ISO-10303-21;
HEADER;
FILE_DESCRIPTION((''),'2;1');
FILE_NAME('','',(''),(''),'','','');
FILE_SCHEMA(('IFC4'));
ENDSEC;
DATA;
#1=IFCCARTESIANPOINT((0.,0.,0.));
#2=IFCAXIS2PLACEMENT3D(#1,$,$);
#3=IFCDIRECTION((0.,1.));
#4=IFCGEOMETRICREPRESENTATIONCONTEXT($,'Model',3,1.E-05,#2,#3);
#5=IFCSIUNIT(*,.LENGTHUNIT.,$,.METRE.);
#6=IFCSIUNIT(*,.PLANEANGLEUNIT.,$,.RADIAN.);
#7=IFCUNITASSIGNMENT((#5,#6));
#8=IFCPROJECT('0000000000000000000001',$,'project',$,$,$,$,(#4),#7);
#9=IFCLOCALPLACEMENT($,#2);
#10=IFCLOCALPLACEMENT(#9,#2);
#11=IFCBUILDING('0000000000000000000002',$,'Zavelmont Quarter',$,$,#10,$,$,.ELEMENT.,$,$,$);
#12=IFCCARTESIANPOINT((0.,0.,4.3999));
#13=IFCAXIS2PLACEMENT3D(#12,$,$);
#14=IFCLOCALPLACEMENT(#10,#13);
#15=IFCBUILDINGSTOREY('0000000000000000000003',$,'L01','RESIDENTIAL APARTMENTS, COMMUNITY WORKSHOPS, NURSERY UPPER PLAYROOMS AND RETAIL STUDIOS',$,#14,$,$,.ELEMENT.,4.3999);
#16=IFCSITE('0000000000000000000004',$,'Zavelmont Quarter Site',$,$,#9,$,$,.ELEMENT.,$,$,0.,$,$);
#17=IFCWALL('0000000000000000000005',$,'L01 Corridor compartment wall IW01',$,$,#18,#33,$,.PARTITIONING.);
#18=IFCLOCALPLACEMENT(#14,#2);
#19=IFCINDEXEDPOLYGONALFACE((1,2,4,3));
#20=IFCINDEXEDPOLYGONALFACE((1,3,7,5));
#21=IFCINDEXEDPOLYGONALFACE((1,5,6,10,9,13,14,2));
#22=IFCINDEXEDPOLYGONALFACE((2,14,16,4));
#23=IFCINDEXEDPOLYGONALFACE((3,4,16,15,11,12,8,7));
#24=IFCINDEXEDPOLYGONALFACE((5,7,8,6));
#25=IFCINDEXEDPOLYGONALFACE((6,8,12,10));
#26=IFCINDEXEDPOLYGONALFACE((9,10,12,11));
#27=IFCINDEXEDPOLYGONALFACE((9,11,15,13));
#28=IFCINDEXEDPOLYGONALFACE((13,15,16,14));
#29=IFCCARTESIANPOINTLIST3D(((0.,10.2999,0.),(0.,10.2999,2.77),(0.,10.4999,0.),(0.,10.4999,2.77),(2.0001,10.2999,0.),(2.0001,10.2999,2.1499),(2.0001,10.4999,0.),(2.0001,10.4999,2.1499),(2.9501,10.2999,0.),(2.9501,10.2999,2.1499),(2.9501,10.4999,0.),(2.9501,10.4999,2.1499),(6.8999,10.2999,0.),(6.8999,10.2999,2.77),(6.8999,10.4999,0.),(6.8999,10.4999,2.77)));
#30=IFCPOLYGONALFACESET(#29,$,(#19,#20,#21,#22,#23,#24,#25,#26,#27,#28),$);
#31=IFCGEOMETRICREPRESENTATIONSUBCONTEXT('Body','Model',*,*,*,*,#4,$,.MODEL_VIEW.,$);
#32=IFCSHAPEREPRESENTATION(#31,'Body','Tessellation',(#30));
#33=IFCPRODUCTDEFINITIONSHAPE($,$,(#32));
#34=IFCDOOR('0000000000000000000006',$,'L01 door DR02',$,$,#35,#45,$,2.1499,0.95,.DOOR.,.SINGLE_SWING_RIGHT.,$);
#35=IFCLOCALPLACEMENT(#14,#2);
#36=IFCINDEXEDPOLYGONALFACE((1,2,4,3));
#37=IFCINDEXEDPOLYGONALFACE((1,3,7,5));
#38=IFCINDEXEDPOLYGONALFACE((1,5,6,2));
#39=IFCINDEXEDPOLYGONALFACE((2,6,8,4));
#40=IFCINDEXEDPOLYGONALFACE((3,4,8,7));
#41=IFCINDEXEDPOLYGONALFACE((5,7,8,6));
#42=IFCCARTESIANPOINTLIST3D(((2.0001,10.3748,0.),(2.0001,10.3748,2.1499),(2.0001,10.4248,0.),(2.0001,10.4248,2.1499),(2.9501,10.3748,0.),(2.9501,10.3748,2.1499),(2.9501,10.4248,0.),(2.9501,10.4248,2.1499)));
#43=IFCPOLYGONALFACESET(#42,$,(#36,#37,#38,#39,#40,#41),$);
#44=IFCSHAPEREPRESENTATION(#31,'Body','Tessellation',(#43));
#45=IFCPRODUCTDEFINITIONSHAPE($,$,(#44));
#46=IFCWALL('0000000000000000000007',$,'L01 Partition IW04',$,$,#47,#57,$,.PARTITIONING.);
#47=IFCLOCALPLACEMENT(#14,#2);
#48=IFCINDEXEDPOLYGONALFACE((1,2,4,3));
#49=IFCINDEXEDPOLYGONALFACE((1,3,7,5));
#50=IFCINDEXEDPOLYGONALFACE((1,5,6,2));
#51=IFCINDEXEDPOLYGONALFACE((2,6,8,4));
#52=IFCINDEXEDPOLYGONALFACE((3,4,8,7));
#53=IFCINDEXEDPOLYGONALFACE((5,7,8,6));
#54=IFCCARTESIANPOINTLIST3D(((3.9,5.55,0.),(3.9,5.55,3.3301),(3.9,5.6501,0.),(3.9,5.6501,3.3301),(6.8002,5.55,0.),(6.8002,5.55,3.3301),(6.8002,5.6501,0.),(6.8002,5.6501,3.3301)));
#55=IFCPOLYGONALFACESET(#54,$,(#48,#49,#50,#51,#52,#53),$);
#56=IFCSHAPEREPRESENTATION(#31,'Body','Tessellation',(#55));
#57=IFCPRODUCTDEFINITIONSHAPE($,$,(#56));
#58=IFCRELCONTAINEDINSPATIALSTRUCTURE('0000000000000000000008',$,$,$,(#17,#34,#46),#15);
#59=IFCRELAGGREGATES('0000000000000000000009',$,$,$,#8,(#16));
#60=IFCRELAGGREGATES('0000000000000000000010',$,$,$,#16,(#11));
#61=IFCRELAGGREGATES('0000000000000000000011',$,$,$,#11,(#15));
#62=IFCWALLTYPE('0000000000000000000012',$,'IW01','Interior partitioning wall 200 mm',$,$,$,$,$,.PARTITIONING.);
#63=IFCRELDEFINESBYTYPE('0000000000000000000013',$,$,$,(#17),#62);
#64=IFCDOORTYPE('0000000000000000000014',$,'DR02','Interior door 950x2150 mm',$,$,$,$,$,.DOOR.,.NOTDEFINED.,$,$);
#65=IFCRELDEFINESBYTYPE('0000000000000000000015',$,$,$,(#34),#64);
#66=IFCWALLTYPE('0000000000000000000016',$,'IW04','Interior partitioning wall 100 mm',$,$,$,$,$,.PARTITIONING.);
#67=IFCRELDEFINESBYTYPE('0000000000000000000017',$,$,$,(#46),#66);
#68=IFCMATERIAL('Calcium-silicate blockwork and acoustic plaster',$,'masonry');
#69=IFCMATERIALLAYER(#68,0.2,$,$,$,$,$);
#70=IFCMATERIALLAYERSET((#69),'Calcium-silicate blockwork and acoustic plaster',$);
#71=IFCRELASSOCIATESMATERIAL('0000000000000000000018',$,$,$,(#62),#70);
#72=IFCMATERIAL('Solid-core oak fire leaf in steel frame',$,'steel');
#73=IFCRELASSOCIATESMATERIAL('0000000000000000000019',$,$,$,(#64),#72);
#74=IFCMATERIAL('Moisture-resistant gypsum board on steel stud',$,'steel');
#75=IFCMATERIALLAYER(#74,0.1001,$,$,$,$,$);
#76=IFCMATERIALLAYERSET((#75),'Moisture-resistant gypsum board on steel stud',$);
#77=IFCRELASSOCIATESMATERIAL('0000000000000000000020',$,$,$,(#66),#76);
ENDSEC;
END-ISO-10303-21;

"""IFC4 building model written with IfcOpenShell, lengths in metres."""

from ifc_helpers import new_model, si_unit, direction, frame, frame_2d, origin, origin_with_axes, place, context, subcontext, project, spatial, rectangle, extrude, material, layer, layer_set, type_object, element, fill, save


model = new_model("IFC4")

# Units and contexts
model_context = context("Model", 3, precision=1e-05, world=origin(), true_north=direction((0.0, 1.0)))
body_context = subcontext(model_context, "Body", "Model", "MODEL_VIEW")
ifc_project = project(units=[si_unit("LENGTHUNIT", "METRE"), si_unit("PLANEANGLEUNIT", "RADIAN")], contexts=[model_context])

# Site, building, storey
site_placement = place(None, origin())
site = spatial("IfcSite", under=ifc_project, at=site_placement, Name="Zavelmont Quarter Site", CompositionType="ELEMENT", RefElevation=0.0)
building_placement = place(site_placement, origin())
building = spatial("IfcBuilding", under=site, at=building_placement, Name="Zavelmont Quarter", CompositionType="ELEMENT")
storey_placement = place(building_placement, frame((0.0, 0.0, 4.3999)))
storey = spatial("IfcBuildingStorey", under=building, at=storey_placement, Name="L01", Description="RESIDENTIAL APARTMENTS, COMMUNITY WORKSHOPS, NURSERY UPPER PLAYROOMS AND RETAIL STUDIOS", CompositionType="ELEMENT", Elevation=4.3999)

# Wall, opening, door
ifc_material_1 = material(Name="Calcium-silicate blockwork and acoustic plaster", Category="masonry")
ifc_layer_1 = layer(ifc_material_1, 0.2)
ifc_layer_set_1 = layer_set([ifc_layer_1], Name="Calcium-silicate blockwork and acoustic plaster")
wall_type_1 = type_object("IfcWallType", Name="IW01", Description="Interior partitioning wall 200 mm", PredefinedType="PARTITIONING", material=ifc_layer_set_1)
ifc_material_2 = material(Name="Solid-core oak fire leaf in steel frame", Category="steel")
door_type = type_object("IfcDoorType", Name="DR02", Description="Interior door 950x2150 mm", OperationType="NOTDEFINED", PredefinedType="DOOR", material=ifc_material_2)
wall_1_placement = place(storey_placement, frame((0.0, 10.3999, 0.0), z_axis=(0.0, 0.0, 1.0), x_axis=(1.0, 0.0, 0.0)))
wall_1 = element("IfcWall", 1, at=wall_1_placement, inside=storey, type_object=wall_type_1, Name="L01 Corridor compartment wall IW01", PredefinedType="PARTITIONING", context=body_context, shape_type="SweptSolid", body=[
    extrude(rectangle(XDim=6.8999, YDim=0.2, at=frame_2d((3.45, 0.0))), origin(), (0.0, 0.0, 1.0), 2.77),
])
opening_1_placement = place(wall_1_placement, frame((2.0, 0.0, 0.0)))
opening_1 = element("IfcOpeningElement", 2, at=opening_1_placement, cuts=wall_1, PredefinedType="OPENING", context=body_context, shape_type="SweptSolid", body=[
    extrude(rectangle(XDim=0.95, YDim=2.1499, at=frame_2d((0.4751, 1.075))), frame((0.0, 0.1118, 0.0), z_axis=(0.0, -1.0, 0.0), x_axis=(1.0, 0.0, 0.0)), (0.0, 0.0, 1.0), 0.2239),
])
door_1_placement = place(opening_1_placement, origin_with_axes())
door_1 = element("IfcDoor", 3, at=door_1_placement, inside=storey, type_object=door_type, Name="L01 door DR02", OperationType="SINGLE_SWING_RIGHT", OverallHeight=2.1499, OverallWidth=0.95, PredefinedType="DOOR", context=body_context, shape_type="SweptSolid", body=[
    extrude(rectangle(XDim=0.95, YDim=2.1499, at=frame_2d((0.4751, 1.075))), frame((0.0, 0.0249, 0.0), z_axis=(0.0, -1.0, 0.0), x_axis=(1.0, 0.0, 0.0)), (0.0, 0.0, 1.0), 0.05),
])
fill(opening_1, door_1)

# Wall
ifc_material_3 = material(Name="Moisture-resistant gypsum board on steel stud", Category="steel")
ifc_layer_2 = layer(ifc_material_3, 0.1001)
ifc_layer_set_2 = layer_set([ifc_layer_2], Name="Moisture-resistant gypsum board on steel stud")
wall_type_2 = type_object("IfcWallType", Name="IW04", Description="Interior partitioning wall 100 mm", PredefinedType="PARTITIONING", material=ifc_layer_set_2)
wall_2_placement = place(storey_placement, frame((3.8999, 5.6001, 0.0), z_axis=(0.0, 0.0, 1.0), x_axis=(1.0, 0.0, 0.0)))
element("IfcWall", 4, at=wall_2_placement, inside=storey, type_object=wall_type_2, Name="L01 Partition IW04", PredefinedType="PARTITIONING", context=body_context, shape_type="SweptSolid", body=[
    extrude(rectangle(XDim=2.9001, YDim=0.1001, at=frame_2d((1.4502, 0.0))), origin(), (0.0, 0.0, 1.0), 3.3301),
])

save(model, "model.ifc")
